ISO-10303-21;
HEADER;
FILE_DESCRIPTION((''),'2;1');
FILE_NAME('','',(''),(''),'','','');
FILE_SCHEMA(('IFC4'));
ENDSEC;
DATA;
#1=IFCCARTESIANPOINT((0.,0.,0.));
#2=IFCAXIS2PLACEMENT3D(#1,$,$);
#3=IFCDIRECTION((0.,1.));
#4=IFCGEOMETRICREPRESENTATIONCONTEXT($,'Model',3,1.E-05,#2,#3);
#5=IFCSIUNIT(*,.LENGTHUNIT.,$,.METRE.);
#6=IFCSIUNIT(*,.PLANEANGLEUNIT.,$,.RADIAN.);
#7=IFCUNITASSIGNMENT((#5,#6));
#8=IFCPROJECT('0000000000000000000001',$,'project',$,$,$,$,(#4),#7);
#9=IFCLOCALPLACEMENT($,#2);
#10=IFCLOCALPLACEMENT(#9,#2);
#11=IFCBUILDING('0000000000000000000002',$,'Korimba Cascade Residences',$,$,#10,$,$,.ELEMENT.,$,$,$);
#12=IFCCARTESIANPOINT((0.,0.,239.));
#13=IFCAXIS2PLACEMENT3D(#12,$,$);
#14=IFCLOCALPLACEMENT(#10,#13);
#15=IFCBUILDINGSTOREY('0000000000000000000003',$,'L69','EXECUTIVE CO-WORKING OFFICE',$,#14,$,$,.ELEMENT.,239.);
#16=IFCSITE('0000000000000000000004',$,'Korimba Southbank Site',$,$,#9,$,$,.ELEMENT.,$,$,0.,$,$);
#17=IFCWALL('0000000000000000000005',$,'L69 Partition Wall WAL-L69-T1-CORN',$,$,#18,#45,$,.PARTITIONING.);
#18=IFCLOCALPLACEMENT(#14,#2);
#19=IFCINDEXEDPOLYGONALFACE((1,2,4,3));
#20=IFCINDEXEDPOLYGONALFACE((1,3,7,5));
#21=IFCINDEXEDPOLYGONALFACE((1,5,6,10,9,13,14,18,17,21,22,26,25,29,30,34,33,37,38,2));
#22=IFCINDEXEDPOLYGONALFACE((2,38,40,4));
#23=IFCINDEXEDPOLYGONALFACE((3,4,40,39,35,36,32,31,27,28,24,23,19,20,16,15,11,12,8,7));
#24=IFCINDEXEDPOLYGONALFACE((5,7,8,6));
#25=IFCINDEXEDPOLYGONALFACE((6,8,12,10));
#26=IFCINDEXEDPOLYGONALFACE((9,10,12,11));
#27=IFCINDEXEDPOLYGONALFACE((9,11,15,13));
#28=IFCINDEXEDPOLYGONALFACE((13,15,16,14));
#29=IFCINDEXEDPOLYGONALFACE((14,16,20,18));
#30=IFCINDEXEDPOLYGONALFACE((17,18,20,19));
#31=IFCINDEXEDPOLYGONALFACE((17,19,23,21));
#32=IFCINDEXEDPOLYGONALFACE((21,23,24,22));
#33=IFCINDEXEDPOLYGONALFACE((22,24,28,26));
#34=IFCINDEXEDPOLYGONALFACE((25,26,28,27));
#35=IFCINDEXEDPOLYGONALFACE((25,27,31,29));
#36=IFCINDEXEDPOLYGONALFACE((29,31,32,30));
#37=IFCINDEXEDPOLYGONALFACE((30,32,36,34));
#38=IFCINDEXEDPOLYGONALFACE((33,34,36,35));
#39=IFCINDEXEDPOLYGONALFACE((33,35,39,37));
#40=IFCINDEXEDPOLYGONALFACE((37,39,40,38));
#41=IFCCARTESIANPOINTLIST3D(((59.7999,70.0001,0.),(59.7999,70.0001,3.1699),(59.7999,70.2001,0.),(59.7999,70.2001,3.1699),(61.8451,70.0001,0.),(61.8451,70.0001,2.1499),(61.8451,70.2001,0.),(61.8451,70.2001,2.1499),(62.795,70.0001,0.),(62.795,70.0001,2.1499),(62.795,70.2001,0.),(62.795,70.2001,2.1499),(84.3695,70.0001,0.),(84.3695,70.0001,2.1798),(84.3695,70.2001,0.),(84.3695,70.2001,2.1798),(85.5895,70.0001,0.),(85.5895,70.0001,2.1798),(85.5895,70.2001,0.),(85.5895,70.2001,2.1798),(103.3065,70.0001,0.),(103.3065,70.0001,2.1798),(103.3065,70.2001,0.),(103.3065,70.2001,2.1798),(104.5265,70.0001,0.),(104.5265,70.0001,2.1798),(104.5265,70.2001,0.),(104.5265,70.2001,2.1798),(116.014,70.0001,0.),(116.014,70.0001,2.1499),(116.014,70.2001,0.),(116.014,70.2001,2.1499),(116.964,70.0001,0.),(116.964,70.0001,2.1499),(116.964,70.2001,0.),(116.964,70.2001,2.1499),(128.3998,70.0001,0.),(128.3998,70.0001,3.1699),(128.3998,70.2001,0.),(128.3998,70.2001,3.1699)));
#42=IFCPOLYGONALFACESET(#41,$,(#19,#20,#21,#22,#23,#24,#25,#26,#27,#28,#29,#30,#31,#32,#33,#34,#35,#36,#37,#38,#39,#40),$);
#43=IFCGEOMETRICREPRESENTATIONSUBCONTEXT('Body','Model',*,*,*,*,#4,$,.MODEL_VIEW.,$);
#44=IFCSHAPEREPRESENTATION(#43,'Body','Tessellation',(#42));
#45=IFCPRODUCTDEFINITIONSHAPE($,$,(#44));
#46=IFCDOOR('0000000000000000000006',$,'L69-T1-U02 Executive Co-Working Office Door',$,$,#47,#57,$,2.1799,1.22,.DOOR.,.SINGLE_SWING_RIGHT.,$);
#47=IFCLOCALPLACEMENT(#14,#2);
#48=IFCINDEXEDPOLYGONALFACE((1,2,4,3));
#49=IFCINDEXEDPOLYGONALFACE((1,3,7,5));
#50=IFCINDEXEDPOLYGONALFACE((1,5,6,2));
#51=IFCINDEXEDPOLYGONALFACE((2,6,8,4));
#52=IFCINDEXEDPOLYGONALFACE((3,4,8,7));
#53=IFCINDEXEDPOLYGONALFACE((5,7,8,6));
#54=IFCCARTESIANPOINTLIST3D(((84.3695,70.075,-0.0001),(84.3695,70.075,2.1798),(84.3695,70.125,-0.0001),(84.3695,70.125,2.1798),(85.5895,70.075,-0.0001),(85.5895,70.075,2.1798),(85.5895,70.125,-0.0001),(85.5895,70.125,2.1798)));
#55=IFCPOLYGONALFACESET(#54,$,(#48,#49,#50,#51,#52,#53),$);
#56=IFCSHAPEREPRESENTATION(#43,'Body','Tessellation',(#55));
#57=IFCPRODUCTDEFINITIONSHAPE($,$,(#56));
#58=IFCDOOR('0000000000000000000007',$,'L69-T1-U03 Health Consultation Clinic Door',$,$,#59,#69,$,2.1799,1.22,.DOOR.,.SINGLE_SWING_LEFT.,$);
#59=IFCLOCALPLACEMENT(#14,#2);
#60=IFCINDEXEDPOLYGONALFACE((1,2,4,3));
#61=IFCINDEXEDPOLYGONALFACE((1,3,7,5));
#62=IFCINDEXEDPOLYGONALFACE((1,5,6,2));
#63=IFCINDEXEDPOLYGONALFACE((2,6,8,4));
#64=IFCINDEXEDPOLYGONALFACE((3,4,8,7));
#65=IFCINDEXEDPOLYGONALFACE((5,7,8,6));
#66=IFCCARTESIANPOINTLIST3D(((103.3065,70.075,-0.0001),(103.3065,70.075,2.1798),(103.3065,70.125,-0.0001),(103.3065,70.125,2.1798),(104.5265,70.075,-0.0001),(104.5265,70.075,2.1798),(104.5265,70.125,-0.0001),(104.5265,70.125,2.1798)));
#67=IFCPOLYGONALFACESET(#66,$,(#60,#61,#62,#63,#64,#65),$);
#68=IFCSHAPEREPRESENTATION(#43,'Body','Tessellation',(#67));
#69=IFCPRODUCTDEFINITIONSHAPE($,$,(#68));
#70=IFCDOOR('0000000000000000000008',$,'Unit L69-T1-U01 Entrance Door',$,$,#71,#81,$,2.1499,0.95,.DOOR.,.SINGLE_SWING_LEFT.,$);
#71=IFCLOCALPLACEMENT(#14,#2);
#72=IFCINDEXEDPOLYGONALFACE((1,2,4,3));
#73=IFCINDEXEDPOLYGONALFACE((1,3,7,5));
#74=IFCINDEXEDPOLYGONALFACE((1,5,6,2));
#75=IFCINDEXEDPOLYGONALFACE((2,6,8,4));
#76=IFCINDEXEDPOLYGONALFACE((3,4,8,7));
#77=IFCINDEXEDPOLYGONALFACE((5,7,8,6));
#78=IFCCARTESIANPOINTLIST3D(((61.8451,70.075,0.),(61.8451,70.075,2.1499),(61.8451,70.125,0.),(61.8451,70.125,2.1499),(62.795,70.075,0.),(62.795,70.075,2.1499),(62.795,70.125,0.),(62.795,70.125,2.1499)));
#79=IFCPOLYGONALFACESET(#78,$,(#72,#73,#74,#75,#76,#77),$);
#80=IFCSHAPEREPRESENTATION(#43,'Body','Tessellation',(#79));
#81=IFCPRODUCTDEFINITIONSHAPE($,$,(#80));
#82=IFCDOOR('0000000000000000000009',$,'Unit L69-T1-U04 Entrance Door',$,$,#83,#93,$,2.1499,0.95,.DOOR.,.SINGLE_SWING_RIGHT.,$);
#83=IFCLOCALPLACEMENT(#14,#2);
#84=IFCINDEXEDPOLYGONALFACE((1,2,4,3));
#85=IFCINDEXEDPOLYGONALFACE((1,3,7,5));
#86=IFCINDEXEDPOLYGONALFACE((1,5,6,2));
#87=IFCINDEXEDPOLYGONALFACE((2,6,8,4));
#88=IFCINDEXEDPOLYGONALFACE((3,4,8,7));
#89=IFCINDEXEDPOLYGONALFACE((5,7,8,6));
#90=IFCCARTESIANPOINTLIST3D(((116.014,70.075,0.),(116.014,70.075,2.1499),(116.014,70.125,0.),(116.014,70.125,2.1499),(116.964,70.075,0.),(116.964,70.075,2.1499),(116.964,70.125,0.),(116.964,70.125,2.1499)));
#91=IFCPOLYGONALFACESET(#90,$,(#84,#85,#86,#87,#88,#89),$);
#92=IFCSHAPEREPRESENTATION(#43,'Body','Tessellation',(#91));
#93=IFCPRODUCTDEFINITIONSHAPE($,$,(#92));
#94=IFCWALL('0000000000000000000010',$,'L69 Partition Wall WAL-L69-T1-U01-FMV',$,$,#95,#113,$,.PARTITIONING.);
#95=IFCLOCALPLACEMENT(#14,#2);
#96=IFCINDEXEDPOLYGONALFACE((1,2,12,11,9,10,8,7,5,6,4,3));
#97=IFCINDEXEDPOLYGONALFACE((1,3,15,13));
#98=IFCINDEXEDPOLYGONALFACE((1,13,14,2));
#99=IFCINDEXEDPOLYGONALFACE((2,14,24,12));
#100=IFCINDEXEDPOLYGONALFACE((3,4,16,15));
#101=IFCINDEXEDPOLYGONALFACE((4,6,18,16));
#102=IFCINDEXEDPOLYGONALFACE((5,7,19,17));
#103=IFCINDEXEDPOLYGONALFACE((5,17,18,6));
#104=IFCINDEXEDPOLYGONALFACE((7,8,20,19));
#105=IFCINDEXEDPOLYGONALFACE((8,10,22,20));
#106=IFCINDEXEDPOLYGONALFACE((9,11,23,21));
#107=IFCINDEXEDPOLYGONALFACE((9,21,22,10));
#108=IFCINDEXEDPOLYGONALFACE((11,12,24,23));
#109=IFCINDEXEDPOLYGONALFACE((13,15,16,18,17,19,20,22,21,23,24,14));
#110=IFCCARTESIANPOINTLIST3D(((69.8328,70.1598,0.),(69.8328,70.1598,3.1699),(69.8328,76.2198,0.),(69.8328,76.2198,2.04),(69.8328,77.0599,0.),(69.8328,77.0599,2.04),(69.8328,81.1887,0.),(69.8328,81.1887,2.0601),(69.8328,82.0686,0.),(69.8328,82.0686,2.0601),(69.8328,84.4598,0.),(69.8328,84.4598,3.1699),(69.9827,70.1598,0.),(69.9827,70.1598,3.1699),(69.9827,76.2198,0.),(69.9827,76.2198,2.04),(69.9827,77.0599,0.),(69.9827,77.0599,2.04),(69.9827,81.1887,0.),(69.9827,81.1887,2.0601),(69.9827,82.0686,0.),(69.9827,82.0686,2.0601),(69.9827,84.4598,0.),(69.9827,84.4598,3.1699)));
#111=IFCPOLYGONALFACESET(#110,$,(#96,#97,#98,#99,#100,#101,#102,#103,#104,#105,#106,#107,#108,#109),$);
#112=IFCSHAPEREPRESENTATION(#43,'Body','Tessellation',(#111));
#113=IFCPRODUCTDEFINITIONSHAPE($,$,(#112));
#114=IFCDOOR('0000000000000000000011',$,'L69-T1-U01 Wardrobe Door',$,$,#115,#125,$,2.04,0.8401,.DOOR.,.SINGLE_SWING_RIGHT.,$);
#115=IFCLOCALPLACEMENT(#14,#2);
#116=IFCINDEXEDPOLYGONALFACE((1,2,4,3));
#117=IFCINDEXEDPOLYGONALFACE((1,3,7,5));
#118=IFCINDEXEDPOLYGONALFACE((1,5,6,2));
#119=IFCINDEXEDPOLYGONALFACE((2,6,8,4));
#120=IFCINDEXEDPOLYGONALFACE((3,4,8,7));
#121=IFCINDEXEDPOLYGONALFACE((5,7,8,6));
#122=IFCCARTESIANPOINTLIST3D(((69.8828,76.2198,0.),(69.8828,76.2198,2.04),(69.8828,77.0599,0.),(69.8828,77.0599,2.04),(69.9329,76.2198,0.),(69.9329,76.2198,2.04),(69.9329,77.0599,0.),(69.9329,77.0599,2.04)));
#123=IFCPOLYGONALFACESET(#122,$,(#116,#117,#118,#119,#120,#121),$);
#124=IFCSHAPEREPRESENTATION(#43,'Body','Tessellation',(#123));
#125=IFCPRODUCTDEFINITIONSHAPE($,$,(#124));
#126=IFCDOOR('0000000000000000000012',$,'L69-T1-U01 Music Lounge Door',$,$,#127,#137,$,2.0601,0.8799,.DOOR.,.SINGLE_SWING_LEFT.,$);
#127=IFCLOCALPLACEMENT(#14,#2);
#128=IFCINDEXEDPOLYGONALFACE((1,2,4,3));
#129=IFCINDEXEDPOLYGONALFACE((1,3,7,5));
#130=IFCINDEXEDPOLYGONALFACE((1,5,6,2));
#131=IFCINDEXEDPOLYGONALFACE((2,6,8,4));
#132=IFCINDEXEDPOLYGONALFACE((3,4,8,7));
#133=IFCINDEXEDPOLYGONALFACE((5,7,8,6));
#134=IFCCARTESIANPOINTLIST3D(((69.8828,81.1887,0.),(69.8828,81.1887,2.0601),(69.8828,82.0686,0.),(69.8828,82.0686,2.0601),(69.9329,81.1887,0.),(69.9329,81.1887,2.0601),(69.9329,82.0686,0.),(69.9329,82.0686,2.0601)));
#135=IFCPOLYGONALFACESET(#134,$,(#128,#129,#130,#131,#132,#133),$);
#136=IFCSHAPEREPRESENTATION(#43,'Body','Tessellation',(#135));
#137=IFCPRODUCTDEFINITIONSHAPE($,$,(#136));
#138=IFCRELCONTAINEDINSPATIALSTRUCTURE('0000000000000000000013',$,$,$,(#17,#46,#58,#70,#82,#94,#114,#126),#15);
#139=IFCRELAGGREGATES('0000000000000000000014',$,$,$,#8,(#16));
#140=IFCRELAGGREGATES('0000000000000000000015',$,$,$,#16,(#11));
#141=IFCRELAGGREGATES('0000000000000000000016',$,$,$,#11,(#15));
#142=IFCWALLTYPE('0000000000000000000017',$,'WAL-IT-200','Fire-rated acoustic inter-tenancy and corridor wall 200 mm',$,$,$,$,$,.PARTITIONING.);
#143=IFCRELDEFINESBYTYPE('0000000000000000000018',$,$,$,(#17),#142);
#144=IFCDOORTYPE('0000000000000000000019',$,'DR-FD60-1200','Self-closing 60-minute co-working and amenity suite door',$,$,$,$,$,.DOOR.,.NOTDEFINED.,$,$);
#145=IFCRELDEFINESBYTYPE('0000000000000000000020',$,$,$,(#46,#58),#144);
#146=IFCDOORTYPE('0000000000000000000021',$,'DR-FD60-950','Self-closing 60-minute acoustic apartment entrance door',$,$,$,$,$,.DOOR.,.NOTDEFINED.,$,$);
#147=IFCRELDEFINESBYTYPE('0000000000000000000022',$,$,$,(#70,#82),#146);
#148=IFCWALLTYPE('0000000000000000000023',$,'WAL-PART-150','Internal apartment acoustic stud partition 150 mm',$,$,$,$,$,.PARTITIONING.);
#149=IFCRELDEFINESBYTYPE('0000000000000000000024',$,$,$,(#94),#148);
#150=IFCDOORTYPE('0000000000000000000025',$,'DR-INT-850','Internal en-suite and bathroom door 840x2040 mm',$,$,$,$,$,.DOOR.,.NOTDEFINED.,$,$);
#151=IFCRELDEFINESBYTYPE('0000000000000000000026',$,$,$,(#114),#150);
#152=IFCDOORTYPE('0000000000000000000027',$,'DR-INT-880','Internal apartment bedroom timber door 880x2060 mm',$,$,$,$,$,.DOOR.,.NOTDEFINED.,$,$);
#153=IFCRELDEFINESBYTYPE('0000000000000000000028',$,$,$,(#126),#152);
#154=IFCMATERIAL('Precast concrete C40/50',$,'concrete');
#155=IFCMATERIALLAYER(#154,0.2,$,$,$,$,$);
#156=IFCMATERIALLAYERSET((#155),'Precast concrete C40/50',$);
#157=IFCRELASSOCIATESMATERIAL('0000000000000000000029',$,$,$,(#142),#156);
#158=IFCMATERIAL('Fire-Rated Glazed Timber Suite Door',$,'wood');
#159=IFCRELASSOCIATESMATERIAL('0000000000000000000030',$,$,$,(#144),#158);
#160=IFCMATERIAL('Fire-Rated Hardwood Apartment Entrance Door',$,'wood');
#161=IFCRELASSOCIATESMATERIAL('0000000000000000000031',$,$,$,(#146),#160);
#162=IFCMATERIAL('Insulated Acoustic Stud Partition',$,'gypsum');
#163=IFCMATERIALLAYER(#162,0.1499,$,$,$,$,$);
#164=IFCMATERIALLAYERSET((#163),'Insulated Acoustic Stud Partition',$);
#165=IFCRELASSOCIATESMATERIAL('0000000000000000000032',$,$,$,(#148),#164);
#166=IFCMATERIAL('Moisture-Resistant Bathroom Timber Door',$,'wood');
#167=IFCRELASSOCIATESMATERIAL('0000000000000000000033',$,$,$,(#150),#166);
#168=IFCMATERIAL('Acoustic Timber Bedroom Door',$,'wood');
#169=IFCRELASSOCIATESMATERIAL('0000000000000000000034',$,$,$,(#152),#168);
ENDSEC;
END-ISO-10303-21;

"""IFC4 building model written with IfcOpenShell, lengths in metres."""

from ifc_helpers import new_model, si_unit, direction, frame, frame_2d, origin, place, context, subcontext, project, spatial, rectangle, extrude, material, layer, layer_set, type_object, element, fill, save


model = new_model("IFC4")

# Units and contexts
model_context = context("Model", 3, precision=1e-05, world=origin(), true_north=direction((0.0, 1.0)))
body_context = subcontext(model_context, "Body", "Model", "MODEL_VIEW")
ifc_project = project(units=[si_unit("LENGTHUNIT", "METRE"), si_unit("PLANEANGLEUNIT", "RADIAN")], contexts=[model_context])

# Site, building, storey
site_placement = place(None, origin())
site = spatial("IfcSite", under=ifc_project, at=site_placement, Name="Korimba Southbank Site", CompositionType="ELEMENT", RefElevation=0.0)
building_placement = place(site_placement, origin())
building = spatial("IfcBuilding", under=site, at=building_placement, Name="Korimba Cascade Residences", CompositionType="ELEMENT")
storey_placement = place(building_placement, frame((0.0, 0.0, 239.0)))
storey = spatial("IfcBuildingStorey", under=building, at=storey_placement, Name="L69", Description="EXECUTIVE CO-WORKING OFFICE", CompositionType="ELEMENT", Elevation=239.0)

# Shared definitions
ifc_material_1 = material(Name="Precast concrete C40/50", Category="concrete")
ifc_layer_1 = layer(ifc_material_1, 0.2)
ifc_layer_set_1 = layer_set([ifc_layer_1], Name="Precast concrete C40/50")
wall_type_1 = type_object("IfcWallType", Name="WAL-IT-200", Description="Fire-rated acoustic inter-tenancy and corridor wall 200 mm", PredefinedType="PARTITIONING", material=ifc_layer_set_1)

# Walls, openings, doors
wall_1_placement = place(storey_placement, frame((59.8, 70.1001, 0.0), z_axis=(0.0, 0.0, 1.0), x_axis=(1.0, 0.0, 0.0)))
wall_1 = element("IfcWall", 1, at=wall_1_placement, inside=storey, type_object=wall_type_1, Name="L69 Partition Wall WAL-L69-T1-CORN", PredefinedType="PARTITIONING", context=body_context, shape_type="SweptSolid", body=[
    extrude(rectangle(XDim=68.5999, YDim=0.2, at=frame_2d((34.2998, 0.0))), origin(), (0.0, 0.0, 1.0), 3.1699),
])
opening_1_placement = place(wall_1_placement, frame((2.0449, 0.0, 0.0)))
opening_1 = element("IfcOpeningElement", 2, at=opening_1_placement, cuts=wall_1, PredefinedType="OPENING", context=body_context, shape_type="SweptSolid", body=[
    extrude(rectangle(XDim=0.95, YDim=2.1499, at=frame_2d((0.4751, 1.075))), frame((0.0, 0.1099, 0.0), z_axis=(0.0, -1.0, 0.0), x_axis=(1.0, 0.0, 0.0)), (0.0, 0.0, 1.0), 0.22),
])
opening_2_placement = place(wall_1_placement, frame((24.5696, 0.0, 0.0)))
opening_2 = element("IfcOpeningElement", 3, at=opening_2_placement, cuts=wall_1, PredefinedType="OPENING", context=body_context, shape_type="SweptSolid", body=[
    extrude(rectangle(XDim=1.22, YDim=2.1799, at=frame_2d((0.6099, 1.0898))), frame((0.0, 0.1099, 0.0), z_axis=(0.0, -1.0, 0.0), x_axis=(1.0, 0.0, 0.0)), (0.0, 0.0, 1.0), 0.22),
])
opening_3_placement = place(wall_1_placement, frame((43.5066, 0.0, 0.0)))
opening_3 = element("IfcOpeningElement", 4, at=opening_3_placement, cuts=wall_1, PredefinedType="OPENING", context=body_context, shape_type="SweptSolid", body=[
    extrude(rectangle(XDim=1.22, YDim=2.1799, at=frame_2d((0.6099, 1.0898))), frame((0.0, 0.1099, 0.0), z_axis=(0.0, -1.0, 0.0), x_axis=(1.0, 0.0, 0.0)), (0.0, 0.0, 1.0), 0.22),
])
opening_4_placement = place(wall_1_placement, frame((56.2139, 0.0, 0.0)))
opening_4 = element("IfcOpeningElement", 5, at=opening_4_placement, cuts=wall_1, PredefinedType="OPENING", context=body_context, shape_type="SweptSolid", body=[
    extrude(rectangle(XDim=0.95, YDim=2.1499, at=frame_2d((0.4751, 1.075))), frame((0.0, 0.1099, 0.0), z_axis=(0.0, -1.0, 0.0), x_axis=(1.0, 0.0, 0.0)), (0.0, 0.0, 1.0), 0.22),
])
ifc_material_2 = material(Name="Fire-Rated Glazed Timber Suite Door", Category="wood")
door_type_1 = type_object("IfcDoorType", Name="DR-FD60-1200", Description="Self-closing 60-minute co-working and amenity suite door", OperationType="NOTDEFINED", PredefinedType="DOOR", material=ifc_material_2)
door_1_placement = place(opening_2_placement, origin())
door_1 = element("IfcDoor", 6, at=door_1_placement, inside=storey, type_object=door_type_1, Name="L69-T1-U02 Executive Co-Working Office Door", OperationType="SINGLE_SWING_RIGHT", OverallHeight=2.1799, OverallWidth=1.22, PredefinedType="DOOR", context=body_context, shape_type="SweptSolid", body=[
    extrude(rectangle(XDim=1.22, YDim=2.1799, at=frame_2d((0.6099, 1.0898))), frame((0.0, 0.0249, 0.0), z_axis=(0.0, -1.0, 0.0), x_axis=(1.0, 0.0, 0.0)), (0.0, 0.0, 1.0), 0.05),
])
fill(opening_2, door_1)
door_2_placement = place(opening_3_placement, origin())
door_2 = element("IfcDoor", 7, at=door_2_placement, inside=storey, type_object=door_type_1, Name="L69-T1-U03 Health Consultation Clinic Door", OperationType="SINGLE_SWING_LEFT", OverallHeight=2.1799, OverallWidth=1.22, PredefinedType="DOOR", context=body_context, shape_type="SweptSolid", body=[
    extrude(rectangle(XDim=1.22, YDim=2.1799, at=frame_2d((0.6099, 1.0898))), frame((0.0, 0.0249, 0.0), z_axis=(0.0, -1.0, 0.0), x_axis=(1.0, 0.0, 0.0)), (0.0, 0.0, 1.0), 0.05),
])
fill(opening_3, door_2)
ifc_material_3 = material(Name="Fire-Rated Hardwood Apartment Entrance Door", Category="wood")
door_type_2 = type_object("IfcDoorType", Name="DR-FD60-950", Description="Self-closing 60-minute acoustic apartment entrance door", OperationType="NOTDEFINED", PredefinedType="DOOR", material=ifc_material_3)
door_3_placement = place(opening_1_placement, origin())
door_3 = element("IfcDoor", 8, at=door_3_placement, inside=storey, type_object=door_type_2, Name="Unit L69-T1-U01 Entrance Door", OperationType="SINGLE_SWING_LEFT", OverallHeight=2.1499, OverallWidth=0.95, PredefinedType="DOOR", context=body_context, shape_type="SweptSolid", body=[
    extrude(rectangle(XDim=0.95, YDim=2.1499, at=frame_2d((0.4751, 1.075))), frame((0.0, 0.0249, 0.0), z_axis=(0.0, -1.0, 0.0), x_axis=(1.0, 0.0, 0.0)), (0.0, 0.0, 1.0), 0.05),
])
fill(opening_1, door_3)
door_4_placement = place(opening_4_placement, origin())
door_4 = element("IfcDoor", 9, at=door_4_placement, inside=storey, type_object=door_type_2, Name="Unit L69-T1-U04 Entrance Door", OperationType="SINGLE_SWING_RIGHT", OverallHeight=2.1499, OverallWidth=0.95, PredefinedType="DOOR", context=body_context, shape_type="SweptSolid", body=[
    extrude(rectangle(XDim=0.95, YDim=2.1499, at=frame_2d((0.4751, 1.075))), frame((0.0, 0.0249, 0.0), z_axis=(0.0, -1.0, 0.0), x_axis=(1.0, 0.0, 0.0)), (0.0, 0.0, 1.0), 0.05),
])
fill(opening_4, door_4)
ifc_material_4 = material(Name="Insulated Acoustic Stud Partition", Category="gypsum")
ifc_layer_2 = layer(ifc_material_4, 0.1499)
ifc_layer_set_2 = layer_set([ifc_layer_2], Name="Insulated Acoustic Stud Partition")
wall_type_2 = type_object("IfcWallType", Name="WAL-PART-150", Description="Internal apartment acoustic stud partition 150 mm", PredefinedType="PARTITIONING", material=ifc_layer_set_2)
wall_2_placement = place(storey_placement, frame((69.9077, 70.1599, 0.0), z_axis=(0.0, 0.0, 1.0), x_axis=(0.0, 1.0, 0.0)))
wall_2 = element("IfcWall", 10, at=wall_2_placement, inside=storey, type_object=wall_type_2, Name="L69 Partition Wall WAL-L69-T1-U01-FMV", PredefinedType="PARTITIONING", context=body_context, shape_type="SweptSolid", body=[
    extrude(rectangle(XDim=14.3, YDim=0.1499, at=frame_2d((7.1499, 0.0))), origin(), (0.0, 0.0, 1.0), 3.1699),
])
opening_5_placement = place(wall_2_placement, frame((6.0601, 0.0, 0.0)))
opening_5 = element("IfcOpeningElement", 11, at=opening_5_placement, cuts=wall_2, PredefinedType="OPENING", context=body_context, shape_type="SweptSolid", body=[
    extrude(rectangle(XDim=0.8401, YDim=2.04, at=frame_2d((0.4199, 1.02))), frame((0.0, 0.085, 0.0), z_axis=(0.0, -1.0, 0.0), x_axis=(1.0, 0.0, 0.0)), (0.0, 0.0, 1.0), 0.1699),
])
opening_6_placement = place(wall_2_placement, frame((11.0288, 0.0, 0.0)))
opening_6 = element("IfcOpeningElement", 12, at=opening_6_placement, cuts=wall_2, PredefinedType="OPENING", context=body_context, shape_type="SweptSolid", body=[
    extrude(rectangle(XDim=0.8799, YDim=2.0601, at=frame_2d((0.4399, 1.03))), frame((0.0, 0.085, 0.0), z_axis=(0.0, -1.0, 0.0), x_axis=(1.0, 0.0, 0.0)), (0.0, 0.0, 1.0), 0.1699),
])
ifc_material_5 = material(Name="Moisture-Resistant Bathroom Timber Door", Category="wood")
door_type_3 = type_object("IfcDoorType", Name="DR-INT-850", Description="Internal en-suite and bathroom door 840x2040 mm", OperationType="NOTDEFINED", PredefinedType="DOOR", material=ifc_material_5)
door_5_placement = place(opening_5_placement, origin())
door_5 = element("IfcDoor", 13, at=door_5_placement, inside=storey, type_object=door_type_3, Name="L69-T1-U01 Wardrobe Door", OperationType="SINGLE_SWING_RIGHT", OverallHeight=2.04, OverallWidth=0.8401, PredefinedType="DOOR", context=body_context, shape_type="SweptSolid", body=[
    extrude(rectangle(XDim=0.8401, YDim=2.04, at=frame_2d((0.4199, 1.02))), frame((0.0, 0.0249, 0.0), z_axis=(0.0, -1.0, 0.0), x_axis=(1.0, 0.0, 0.0)), (0.0, 0.0, 1.0), 0.05),
])
fill(opening_5, door_5)
ifc_material_6 = material(Name="Acoustic Timber Bedroom Door", Category="wood")
door_type_4 = type_object("IfcDoorType", Name="DR-INT-880", Description="Internal apartment bedroom timber door 880x2060 mm", OperationType="NOTDEFINED", PredefinedType="DOOR", material=ifc_material_6)
door_6_placement = place(opening_6_placement, origin())
door_6 = element("IfcDoor", 14, at=door_6_placement, inside=storey, type_object=door_type_4, Name="L69-T1-U01 Music Lounge Door", OperationType="SINGLE_SWING_LEFT", OverallHeight=2.0601, OverallWidth=0.8799, PredefinedType="DOOR", context=body_context, shape_type="SweptSolid", body=[
    extrude(rectangle(XDim=0.8799, YDim=2.0601, at=frame_2d((0.4399, 1.03))), frame((0.0, 0.0249, 0.0), z_axis=(0.0, -1.0, 0.0), x_axis=(1.0, 0.0, 0.0)), (0.0, 0.0, 1.0), 0.05),
])
fill(opening_6, door_6)

save(model, "model.ifc")
